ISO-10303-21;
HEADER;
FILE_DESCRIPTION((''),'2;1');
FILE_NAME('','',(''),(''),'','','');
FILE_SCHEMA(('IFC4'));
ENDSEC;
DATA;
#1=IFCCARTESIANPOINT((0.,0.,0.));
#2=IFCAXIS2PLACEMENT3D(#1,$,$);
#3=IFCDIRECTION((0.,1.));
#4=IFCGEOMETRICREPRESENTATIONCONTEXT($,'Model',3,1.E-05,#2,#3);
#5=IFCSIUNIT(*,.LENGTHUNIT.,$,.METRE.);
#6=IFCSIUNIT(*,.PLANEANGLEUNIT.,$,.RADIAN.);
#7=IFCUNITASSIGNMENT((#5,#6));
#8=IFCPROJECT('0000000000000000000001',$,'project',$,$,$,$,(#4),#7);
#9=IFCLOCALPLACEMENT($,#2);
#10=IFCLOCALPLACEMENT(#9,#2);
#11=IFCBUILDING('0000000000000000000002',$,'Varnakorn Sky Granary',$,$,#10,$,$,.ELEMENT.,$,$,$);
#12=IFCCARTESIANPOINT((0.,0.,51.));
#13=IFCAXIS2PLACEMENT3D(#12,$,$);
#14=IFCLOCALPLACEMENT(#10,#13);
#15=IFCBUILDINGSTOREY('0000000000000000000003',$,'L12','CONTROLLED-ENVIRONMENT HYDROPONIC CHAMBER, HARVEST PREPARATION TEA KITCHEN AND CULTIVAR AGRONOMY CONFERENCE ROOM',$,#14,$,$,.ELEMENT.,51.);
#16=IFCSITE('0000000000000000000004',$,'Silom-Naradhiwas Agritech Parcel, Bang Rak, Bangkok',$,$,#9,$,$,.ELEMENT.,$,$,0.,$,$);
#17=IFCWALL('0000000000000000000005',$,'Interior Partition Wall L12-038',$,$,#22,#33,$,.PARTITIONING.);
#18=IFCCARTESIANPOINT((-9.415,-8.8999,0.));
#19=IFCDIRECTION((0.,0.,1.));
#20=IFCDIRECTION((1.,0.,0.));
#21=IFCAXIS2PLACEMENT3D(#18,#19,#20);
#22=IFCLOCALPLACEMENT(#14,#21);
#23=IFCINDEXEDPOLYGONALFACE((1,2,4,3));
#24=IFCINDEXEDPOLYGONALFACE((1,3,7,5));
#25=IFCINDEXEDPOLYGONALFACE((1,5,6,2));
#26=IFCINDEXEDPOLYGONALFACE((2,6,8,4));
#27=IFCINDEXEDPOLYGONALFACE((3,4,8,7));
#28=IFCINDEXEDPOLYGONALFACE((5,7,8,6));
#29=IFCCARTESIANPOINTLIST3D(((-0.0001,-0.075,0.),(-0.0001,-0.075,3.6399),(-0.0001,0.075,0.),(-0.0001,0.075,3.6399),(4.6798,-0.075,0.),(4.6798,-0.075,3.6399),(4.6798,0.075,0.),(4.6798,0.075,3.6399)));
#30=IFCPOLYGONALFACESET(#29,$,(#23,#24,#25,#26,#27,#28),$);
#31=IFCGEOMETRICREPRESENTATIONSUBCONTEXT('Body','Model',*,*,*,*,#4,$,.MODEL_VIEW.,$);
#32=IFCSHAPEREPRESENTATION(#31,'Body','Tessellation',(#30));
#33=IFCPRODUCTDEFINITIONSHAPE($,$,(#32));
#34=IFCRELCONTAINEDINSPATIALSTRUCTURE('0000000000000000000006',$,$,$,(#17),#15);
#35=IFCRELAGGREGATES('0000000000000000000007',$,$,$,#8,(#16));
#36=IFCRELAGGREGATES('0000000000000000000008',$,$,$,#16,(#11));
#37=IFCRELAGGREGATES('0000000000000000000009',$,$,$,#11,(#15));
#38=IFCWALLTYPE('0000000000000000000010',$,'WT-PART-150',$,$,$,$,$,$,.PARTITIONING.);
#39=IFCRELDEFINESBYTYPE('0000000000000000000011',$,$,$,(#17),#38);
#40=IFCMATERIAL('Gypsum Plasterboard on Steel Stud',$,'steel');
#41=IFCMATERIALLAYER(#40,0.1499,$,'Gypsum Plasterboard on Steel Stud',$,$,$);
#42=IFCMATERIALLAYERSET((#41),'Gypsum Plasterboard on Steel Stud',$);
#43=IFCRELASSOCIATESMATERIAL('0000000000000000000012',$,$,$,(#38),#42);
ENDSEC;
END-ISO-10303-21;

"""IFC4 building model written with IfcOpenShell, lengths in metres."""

from ifc_helpers import new_model, si_unit, direction, frame, frame_2d, origin, place, context, subcontext, project, spatial, rectangle, extrude, material, layer, layer_set, type_object, element, save


model = new_model("IFC4")

# Units and contexts
model_context = context("Model", 3, precision=1e-05, world=origin(), true_north=direction((0.0, 1.0)))
body_context = subcontext(model_context, "Body", "Model", "MODEL_VIEW")
ifc_project = project(units=[si_unit("LENGTHUNIT", "METRE"), si_unit("PLANEANGLEUNIT", "RADIAN")], contexts=[model_context])

# Site, building, storey
site_placement = place(None, origin())
site = spatial("IfcSite", under=ifc_project, at=site_placement, Name="Silom-Naradhiwas Agritech Parcel, Bang Rak, Bangkok", CompositionType="ELEMENT", RefElevation=0.0)
building_placement = place(site_placement, origin())
building = spatial("IfcBuilding", under=site, at=building_placement, Name="Varnakorn Sky Granary", CompositionType="ELEMENT")
storey_placement = place(building_placement, frame((0.0, 0.0, 51.0)))
storey = spatial("IfcBuildingStorey", under=building, at=storey_placement, Name="L12", Description="CONTROLLED-ENVIRONMENT HYDROPONIC CHAMBER, HARVEST PREPARATION TEA KITCHEN AND CULTIVAR AGRONOMY CONFERENCE ROOM", CompositionType="ELEMENT", Elevation=51.0)

# Shared definitions
ifc_material_1 = material(Name="Gypsum Plasterboard on Steel Stud", Category="steel")
ifc_layer_1 = layer(ifc_material_1, 0.1499, Name="Gypsum Plasterboard on Steel Stud")
ifc_layer_set_1 = layer_set([ifc_layer_1], Name="Gypsum Plasterboard on Steel Stud")
wall_type_1 = type_object("IfcWallType", Name="WT-PART-150", PredefinedType="PARTITIONING", material=ifc_layer_set_1)

# Wall
wall_1_placement = place(storey_placement, frame((-9.415, -8.8999, 0.0), z_axis=(0.0, 0.0, 1.0), x_axis=(1.0, 0.0, 0.0)))
element("IfcWall", 1, at=wall_1_placement, inside=storey, type_object=wall_type_1, Name="Interior Partition Wall L12-038", PredefinedType="PARTITIONING", context=body_context, shape_type="SweptSolid", body=[
    extrude(rectangle(XDim=4.6799, YDim=0.1499, at=frame_2d((2.3398, 0.0))), origin(), (0.0, 0.0, 1.0), 3.6399),
])

save(model, "model.ifc")
